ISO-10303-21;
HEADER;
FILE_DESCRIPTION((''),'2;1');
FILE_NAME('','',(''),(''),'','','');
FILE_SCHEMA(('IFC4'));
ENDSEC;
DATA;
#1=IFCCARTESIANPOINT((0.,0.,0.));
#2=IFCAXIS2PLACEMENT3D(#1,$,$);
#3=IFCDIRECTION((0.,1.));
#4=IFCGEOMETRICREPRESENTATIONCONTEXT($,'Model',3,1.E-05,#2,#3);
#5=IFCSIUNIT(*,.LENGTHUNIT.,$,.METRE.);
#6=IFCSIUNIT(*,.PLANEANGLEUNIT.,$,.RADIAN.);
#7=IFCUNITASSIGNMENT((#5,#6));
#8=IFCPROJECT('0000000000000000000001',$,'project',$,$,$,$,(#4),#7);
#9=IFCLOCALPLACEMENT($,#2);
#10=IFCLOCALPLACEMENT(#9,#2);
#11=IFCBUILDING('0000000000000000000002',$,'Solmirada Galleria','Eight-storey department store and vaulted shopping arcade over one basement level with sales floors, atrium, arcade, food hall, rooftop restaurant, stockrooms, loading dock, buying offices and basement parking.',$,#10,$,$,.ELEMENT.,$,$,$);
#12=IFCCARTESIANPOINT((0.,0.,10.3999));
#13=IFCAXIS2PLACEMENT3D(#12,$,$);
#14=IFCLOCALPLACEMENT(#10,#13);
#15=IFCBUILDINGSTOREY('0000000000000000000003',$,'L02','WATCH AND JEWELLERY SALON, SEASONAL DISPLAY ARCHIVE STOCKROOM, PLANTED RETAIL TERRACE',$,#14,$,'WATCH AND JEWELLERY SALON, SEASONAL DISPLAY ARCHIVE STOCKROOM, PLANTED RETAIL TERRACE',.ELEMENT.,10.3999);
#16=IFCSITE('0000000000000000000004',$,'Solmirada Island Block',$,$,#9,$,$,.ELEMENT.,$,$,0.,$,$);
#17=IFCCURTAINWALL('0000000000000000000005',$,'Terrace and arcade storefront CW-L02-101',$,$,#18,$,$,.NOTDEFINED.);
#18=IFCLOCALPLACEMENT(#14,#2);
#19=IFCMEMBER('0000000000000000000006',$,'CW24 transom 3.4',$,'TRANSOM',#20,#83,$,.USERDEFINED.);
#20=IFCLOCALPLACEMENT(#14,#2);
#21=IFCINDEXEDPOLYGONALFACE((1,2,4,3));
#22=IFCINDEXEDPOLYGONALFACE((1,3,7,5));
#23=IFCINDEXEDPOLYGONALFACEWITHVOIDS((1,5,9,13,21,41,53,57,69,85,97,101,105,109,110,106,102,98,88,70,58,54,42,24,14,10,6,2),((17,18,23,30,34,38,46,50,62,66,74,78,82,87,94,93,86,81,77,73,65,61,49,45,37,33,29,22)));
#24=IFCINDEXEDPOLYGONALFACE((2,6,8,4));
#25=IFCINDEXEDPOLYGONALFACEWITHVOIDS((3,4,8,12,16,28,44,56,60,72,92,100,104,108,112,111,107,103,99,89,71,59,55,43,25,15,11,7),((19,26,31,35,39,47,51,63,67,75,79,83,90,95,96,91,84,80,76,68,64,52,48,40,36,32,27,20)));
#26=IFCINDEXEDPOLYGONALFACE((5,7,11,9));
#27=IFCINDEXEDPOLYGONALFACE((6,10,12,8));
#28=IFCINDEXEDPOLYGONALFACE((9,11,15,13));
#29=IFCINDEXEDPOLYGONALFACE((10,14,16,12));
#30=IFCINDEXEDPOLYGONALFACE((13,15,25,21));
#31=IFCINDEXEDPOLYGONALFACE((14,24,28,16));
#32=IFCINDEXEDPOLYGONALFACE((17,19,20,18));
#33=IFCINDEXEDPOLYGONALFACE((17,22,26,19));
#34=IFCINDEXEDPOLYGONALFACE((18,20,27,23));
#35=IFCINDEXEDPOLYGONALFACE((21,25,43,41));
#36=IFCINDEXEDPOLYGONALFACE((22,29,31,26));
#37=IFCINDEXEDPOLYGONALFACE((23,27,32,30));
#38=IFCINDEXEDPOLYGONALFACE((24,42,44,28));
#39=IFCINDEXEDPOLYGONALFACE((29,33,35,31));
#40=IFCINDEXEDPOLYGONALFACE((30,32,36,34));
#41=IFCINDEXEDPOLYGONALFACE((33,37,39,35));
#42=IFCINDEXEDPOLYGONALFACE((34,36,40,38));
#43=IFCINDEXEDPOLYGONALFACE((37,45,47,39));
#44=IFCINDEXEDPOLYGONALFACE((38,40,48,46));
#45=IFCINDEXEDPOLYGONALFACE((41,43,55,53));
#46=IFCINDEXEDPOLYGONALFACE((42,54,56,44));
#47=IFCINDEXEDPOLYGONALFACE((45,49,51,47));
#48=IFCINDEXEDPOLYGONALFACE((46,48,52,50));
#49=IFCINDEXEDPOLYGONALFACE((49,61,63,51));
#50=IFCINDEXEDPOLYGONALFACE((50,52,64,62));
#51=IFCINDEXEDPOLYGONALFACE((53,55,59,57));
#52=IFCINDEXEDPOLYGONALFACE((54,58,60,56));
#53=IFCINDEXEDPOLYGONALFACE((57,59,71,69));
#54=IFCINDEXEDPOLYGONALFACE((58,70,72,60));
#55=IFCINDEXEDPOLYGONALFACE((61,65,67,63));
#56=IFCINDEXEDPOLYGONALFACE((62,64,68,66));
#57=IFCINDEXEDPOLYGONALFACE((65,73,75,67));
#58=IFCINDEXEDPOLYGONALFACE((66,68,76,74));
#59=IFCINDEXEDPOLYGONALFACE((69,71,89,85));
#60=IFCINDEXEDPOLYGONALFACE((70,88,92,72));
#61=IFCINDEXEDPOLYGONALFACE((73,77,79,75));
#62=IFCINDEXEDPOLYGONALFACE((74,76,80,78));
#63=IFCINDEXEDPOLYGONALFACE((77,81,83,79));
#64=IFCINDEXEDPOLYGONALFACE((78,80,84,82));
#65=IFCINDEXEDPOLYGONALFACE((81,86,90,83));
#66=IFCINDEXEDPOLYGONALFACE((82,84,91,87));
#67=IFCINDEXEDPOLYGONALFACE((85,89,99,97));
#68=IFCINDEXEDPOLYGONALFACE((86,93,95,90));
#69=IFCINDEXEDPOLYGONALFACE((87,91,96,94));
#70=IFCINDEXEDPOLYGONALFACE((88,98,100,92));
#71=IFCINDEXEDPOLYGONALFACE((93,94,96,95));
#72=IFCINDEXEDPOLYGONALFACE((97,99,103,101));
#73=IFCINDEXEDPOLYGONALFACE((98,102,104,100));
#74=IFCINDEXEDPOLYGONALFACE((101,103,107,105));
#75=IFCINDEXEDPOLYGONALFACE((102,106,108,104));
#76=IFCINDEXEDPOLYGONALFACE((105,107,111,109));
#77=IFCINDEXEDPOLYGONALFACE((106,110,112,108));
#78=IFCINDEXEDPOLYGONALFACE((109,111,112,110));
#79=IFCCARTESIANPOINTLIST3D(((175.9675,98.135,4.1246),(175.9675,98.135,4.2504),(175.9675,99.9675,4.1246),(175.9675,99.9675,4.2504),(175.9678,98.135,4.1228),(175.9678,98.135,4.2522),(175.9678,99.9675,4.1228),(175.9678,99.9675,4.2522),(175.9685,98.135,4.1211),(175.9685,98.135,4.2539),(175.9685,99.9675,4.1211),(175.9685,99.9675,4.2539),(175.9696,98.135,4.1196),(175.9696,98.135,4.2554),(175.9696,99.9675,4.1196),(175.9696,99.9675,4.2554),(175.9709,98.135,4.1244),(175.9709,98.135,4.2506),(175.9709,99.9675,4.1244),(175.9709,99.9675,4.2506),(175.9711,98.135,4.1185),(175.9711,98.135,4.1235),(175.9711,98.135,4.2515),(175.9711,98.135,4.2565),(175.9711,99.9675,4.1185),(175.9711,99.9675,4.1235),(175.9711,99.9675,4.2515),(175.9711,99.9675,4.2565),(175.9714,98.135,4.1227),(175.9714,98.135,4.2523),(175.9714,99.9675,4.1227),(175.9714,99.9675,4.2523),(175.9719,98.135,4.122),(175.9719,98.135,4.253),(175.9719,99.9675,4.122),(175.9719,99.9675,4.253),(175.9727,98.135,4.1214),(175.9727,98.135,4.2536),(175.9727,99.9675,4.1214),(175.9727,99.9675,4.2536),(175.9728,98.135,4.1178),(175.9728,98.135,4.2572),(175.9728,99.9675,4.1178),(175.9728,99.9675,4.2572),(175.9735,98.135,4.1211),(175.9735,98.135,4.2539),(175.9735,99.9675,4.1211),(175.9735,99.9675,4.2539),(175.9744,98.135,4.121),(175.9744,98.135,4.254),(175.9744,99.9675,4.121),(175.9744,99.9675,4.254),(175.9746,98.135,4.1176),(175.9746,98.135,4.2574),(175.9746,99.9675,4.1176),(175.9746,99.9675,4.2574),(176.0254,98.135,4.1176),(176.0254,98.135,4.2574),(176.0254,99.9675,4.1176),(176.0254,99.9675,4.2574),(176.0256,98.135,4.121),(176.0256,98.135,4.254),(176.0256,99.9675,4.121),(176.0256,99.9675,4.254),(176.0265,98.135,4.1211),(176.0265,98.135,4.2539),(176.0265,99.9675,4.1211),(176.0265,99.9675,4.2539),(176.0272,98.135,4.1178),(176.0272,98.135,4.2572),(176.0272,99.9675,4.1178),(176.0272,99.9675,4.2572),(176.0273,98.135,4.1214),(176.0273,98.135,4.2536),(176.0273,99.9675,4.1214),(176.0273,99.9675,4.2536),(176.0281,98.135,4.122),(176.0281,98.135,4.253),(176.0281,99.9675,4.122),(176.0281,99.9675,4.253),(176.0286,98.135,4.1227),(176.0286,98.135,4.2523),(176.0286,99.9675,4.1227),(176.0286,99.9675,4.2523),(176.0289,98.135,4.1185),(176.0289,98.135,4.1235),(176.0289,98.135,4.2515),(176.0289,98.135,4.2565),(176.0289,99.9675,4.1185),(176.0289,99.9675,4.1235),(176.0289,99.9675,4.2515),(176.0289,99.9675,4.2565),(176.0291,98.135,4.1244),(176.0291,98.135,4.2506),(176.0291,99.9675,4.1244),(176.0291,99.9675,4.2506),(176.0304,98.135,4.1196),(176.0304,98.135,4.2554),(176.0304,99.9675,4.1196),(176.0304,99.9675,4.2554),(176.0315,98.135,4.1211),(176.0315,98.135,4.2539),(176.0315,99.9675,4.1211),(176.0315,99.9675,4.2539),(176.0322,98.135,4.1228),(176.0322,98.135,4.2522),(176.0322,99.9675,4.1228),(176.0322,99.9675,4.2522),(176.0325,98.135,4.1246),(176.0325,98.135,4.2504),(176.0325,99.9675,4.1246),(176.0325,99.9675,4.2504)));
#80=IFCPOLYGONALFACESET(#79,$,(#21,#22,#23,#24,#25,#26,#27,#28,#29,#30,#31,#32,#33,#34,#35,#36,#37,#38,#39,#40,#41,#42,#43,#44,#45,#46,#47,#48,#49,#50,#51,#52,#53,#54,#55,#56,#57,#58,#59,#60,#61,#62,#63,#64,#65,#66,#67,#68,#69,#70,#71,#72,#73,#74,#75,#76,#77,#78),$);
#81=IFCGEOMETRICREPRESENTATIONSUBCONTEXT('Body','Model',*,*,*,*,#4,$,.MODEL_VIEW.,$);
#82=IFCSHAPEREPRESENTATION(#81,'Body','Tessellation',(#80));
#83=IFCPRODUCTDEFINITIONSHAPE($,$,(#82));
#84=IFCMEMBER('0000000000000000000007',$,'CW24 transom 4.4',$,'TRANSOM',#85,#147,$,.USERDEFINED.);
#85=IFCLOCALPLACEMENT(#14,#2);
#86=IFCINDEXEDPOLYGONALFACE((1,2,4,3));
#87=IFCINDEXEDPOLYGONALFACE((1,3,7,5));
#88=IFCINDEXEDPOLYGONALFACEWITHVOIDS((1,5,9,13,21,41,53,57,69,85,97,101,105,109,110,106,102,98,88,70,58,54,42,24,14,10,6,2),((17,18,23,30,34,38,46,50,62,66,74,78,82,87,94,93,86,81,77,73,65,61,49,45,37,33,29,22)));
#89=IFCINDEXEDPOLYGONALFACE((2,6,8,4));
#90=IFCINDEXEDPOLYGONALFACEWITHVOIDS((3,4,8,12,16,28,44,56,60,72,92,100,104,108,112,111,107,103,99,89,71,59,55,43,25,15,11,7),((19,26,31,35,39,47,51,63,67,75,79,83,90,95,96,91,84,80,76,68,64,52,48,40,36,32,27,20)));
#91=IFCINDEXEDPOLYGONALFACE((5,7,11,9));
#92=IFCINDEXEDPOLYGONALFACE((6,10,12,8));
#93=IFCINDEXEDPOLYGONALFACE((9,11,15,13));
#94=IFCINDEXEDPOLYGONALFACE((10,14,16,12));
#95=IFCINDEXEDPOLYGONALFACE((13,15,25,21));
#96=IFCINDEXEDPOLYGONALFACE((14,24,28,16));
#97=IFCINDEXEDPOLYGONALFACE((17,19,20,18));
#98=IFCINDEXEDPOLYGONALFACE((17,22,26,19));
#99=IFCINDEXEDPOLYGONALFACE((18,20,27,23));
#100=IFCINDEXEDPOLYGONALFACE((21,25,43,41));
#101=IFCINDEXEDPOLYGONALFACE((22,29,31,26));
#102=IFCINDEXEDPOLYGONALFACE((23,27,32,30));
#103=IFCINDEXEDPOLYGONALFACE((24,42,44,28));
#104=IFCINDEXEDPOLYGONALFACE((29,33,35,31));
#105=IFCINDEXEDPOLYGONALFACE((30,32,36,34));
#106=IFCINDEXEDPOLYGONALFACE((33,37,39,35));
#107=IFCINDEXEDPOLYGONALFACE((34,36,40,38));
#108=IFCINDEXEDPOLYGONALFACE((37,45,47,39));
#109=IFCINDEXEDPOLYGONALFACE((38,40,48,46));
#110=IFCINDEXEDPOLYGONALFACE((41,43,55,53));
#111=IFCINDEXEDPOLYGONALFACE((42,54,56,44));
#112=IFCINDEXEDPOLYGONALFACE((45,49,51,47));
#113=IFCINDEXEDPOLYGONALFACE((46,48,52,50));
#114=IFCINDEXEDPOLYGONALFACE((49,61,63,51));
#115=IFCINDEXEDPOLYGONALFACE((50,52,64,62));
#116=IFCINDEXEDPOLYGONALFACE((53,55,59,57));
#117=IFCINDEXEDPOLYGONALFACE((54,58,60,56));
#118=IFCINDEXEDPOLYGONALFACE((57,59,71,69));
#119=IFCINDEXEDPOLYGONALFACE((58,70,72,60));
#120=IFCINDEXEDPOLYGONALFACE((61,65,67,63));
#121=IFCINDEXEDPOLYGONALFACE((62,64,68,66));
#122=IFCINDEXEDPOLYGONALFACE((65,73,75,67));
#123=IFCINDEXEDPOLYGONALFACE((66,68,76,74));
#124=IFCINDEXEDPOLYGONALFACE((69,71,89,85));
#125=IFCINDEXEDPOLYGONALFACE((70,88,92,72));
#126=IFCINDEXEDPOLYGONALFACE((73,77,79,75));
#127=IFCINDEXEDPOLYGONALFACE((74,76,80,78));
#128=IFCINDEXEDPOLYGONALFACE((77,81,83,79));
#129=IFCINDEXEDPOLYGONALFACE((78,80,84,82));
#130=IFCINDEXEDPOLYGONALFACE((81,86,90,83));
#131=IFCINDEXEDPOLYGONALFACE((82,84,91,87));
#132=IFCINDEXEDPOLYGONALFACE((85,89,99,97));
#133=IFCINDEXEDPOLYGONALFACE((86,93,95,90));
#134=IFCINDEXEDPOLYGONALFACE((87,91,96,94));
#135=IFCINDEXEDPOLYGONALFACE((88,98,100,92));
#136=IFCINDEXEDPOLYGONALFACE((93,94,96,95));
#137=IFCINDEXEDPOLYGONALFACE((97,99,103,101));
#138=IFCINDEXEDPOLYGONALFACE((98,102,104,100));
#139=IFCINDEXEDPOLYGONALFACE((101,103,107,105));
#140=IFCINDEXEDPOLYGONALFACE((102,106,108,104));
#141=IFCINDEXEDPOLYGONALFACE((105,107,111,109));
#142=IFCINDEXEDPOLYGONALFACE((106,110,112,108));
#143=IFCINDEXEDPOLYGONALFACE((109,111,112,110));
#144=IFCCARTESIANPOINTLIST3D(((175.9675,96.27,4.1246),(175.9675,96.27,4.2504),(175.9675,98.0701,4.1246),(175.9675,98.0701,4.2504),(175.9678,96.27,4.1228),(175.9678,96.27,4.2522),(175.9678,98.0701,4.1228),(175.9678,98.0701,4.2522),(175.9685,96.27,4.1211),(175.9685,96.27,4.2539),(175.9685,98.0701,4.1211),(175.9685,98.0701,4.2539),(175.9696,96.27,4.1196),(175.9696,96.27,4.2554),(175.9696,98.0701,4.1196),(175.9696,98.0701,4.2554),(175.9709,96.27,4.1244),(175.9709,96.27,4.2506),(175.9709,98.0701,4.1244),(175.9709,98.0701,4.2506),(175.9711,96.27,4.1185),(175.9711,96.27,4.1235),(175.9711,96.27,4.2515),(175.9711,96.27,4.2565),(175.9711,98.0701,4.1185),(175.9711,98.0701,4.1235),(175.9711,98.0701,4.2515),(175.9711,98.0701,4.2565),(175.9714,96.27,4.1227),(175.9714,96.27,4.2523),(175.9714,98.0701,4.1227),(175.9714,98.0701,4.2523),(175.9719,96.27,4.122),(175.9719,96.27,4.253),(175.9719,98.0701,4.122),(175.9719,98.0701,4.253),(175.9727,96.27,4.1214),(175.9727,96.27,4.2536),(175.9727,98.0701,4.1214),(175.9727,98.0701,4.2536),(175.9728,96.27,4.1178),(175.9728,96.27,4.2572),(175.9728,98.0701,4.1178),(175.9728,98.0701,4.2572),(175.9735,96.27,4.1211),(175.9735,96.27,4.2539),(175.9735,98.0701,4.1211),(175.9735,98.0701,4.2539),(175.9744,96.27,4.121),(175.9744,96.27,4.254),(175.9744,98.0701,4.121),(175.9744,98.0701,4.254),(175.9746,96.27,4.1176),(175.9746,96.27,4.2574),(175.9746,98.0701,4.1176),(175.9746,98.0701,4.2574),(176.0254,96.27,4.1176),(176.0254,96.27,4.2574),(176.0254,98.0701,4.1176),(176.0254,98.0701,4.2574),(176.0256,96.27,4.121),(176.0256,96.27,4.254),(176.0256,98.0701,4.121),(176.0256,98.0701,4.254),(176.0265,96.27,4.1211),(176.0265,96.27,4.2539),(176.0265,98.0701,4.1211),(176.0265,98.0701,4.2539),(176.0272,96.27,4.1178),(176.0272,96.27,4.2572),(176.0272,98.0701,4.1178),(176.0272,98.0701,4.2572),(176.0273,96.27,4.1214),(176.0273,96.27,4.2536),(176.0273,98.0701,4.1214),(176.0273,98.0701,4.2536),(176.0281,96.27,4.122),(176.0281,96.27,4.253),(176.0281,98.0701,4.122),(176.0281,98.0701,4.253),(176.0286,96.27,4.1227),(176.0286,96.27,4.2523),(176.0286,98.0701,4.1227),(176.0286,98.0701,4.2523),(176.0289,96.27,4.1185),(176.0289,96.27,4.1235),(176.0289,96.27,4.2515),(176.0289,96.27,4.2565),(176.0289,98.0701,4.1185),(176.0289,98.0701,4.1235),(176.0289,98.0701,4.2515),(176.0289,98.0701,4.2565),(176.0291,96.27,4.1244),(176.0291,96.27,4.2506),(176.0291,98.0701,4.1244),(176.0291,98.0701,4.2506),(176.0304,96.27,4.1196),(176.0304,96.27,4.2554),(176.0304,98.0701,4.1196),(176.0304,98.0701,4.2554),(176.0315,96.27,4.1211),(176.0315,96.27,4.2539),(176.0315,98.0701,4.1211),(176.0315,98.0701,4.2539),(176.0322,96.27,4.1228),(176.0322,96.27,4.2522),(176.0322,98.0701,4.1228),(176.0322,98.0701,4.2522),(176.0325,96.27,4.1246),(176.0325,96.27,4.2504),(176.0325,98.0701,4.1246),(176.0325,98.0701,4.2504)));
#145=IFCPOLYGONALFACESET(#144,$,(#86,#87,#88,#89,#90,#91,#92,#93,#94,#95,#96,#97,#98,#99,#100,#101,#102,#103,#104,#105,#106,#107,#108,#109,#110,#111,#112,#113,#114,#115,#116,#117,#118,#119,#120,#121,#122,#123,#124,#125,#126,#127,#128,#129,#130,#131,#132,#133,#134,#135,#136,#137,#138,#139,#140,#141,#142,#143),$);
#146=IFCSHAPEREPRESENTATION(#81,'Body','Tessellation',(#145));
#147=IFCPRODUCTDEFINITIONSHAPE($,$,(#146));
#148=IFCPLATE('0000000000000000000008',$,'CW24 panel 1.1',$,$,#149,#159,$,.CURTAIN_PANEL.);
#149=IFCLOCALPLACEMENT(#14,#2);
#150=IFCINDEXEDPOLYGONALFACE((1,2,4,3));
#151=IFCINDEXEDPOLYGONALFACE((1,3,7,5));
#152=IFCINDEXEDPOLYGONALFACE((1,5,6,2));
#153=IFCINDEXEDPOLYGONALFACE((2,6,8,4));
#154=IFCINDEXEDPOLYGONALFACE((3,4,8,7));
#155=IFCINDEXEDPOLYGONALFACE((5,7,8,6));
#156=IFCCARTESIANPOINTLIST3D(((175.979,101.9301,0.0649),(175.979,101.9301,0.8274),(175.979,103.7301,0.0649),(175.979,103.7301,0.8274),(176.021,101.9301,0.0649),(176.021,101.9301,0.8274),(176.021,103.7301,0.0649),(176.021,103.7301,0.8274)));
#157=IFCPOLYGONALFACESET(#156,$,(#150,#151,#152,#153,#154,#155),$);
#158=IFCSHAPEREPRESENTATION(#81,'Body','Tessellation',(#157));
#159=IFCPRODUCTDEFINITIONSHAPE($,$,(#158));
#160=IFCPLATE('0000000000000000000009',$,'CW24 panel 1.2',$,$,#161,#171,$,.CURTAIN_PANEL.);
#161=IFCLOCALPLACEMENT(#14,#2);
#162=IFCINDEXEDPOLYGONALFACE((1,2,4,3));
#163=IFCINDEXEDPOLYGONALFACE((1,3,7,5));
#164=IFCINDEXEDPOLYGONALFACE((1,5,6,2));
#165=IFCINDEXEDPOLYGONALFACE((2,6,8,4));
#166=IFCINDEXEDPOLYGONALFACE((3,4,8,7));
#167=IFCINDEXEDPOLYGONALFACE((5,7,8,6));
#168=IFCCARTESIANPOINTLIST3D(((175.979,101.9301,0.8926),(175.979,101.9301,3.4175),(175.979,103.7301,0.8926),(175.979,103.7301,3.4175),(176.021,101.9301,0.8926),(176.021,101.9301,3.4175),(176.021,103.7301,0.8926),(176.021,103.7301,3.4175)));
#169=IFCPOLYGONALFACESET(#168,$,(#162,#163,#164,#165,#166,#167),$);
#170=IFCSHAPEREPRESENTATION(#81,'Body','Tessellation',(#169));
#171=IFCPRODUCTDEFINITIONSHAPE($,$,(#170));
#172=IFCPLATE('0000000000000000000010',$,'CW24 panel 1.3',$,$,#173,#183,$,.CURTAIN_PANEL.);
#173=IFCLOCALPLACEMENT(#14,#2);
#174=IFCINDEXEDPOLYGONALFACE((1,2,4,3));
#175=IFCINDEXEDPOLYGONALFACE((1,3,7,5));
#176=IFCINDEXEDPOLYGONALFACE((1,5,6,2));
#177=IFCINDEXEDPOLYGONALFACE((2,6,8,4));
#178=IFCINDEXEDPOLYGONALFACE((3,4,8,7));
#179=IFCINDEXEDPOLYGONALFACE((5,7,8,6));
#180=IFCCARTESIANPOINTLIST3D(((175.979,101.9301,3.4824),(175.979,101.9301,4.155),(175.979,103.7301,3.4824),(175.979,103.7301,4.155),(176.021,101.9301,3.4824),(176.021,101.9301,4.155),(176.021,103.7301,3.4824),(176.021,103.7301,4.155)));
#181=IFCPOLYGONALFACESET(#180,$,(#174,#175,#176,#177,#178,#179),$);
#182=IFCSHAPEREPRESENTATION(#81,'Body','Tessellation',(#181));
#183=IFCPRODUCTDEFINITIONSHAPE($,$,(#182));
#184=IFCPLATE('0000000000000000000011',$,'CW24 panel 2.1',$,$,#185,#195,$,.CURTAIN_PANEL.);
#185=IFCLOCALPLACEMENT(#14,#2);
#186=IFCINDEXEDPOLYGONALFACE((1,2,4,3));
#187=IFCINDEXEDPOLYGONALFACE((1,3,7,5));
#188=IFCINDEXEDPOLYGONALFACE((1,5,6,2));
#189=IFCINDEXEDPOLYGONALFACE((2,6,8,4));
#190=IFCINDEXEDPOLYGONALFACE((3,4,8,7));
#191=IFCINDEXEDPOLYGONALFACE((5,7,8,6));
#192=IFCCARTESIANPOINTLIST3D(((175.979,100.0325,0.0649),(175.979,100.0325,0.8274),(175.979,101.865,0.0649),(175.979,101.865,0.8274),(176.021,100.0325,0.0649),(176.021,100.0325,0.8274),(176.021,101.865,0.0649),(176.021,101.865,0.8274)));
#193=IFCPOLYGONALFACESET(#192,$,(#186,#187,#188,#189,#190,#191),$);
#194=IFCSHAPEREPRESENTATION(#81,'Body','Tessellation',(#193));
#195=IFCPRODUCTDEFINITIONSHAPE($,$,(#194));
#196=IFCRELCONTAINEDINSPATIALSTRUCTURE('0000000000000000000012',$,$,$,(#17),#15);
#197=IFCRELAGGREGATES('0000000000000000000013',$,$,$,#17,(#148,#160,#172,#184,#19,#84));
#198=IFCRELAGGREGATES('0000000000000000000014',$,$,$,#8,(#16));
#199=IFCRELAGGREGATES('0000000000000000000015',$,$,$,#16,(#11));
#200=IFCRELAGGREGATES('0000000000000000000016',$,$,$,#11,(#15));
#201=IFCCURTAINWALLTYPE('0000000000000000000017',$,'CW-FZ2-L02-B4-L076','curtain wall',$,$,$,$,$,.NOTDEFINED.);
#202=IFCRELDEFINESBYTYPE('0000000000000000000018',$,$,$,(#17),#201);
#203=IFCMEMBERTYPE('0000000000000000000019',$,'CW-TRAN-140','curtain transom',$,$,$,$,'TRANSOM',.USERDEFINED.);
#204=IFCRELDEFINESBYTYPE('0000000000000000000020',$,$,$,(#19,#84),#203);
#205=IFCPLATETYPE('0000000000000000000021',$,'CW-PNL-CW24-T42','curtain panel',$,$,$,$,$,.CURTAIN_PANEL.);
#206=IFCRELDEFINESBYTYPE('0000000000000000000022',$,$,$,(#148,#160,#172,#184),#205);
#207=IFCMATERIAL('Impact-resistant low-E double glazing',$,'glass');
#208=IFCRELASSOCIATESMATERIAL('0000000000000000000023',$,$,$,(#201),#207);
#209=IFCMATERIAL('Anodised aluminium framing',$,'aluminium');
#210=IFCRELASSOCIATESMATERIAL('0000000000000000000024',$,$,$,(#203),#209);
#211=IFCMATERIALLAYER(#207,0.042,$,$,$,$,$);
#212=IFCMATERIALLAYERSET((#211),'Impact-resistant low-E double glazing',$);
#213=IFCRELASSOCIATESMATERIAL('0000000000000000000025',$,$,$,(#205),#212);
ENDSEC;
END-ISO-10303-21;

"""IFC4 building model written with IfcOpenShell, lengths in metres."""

from ifc_helpers import new_model, si_unit, direction, frame, origin, origin_2d, place, context, subcontext, project, spatial, rectangle, hollow_rectangle, extrude, material, layer, layer_set, material_profile, profile_set, type_object, element, aggregate, save


model = new_model("IFC4")

# Units and contexts
model_context = context("Model", 3, precision=1e-05, world=origin(), true_north=direction((0.0, 1.0)))
body_context = subcontext(model_context, "Body", "Model", "MODEL_VIEW")
ifc_project = project(units=[si_unit("LENGTHUNIT", "METRE"), si_unit("PLANEANGLEUNIT", "RADIAN")], contexts=[model_context])

# Site, building, storey
site_placement = place(None, origin())
site = spatial("IfcSite", under=ifc_project, at=site_placement, Name="Solmirada Island Block", CompositionType="ELEMENT", RefElevation=0.0)
building_placement = place(site_placement, origin())
building = spatial("IfcBuilding", under=site, at=building_placement, Name="Solmirada Galleria", Description="Eight-storey department store and vaulted shopping arcade over one basement level with sales floors, atrium, arcade, food hall, rooftop restaurant, stockrooms, loading dock, buying offices and basement parking.", CompositionType="ELEMENT")
storey_placement = place(building_placement, frame((0.0, 0.0, 10.3999)))
storey = spatial("IfcBuildingStorey", under=building, at=storey_placement, Name="L02", Description="WATCH AND JEWELLERY SALON, SEASONAL DISPLAY ARCHIVE STOCKROOM, PLANTED RETAIL TERRACE", LongName="WATCH AND JEWELLERY SALON, SEASONAL DISPLAY ARCHIVE STOCKROOM, PLANTED RETAIL TERRACE", CompositionType="ELEMENT", Elevation=10.3999)

# Curtain wall, members, plates
ifc_material_1 = material(Name="Impact-resistant low-E double glazing", Category="glass")
curtain_wall_type = type_object("IfcCurtainWallType", Name="CW-FZ2-L02-B4-L076", Description="curtain wall", PredefinedType="NOTDEFINED", material=ifc_material_1)
curtain_wall_placement = place(storey_placement, origin())
curtain_wall = element("IfcCurtainWall", 1, at=curtain_wall_placement, inside=storey, type_object=curtain_wall_type, Name="Terrace and arcade storefront CW-L02-101", PredefinedType="NOTDEFINED")
ifc_material_2 = material(Name="Anodised aluminium framing", Category="aluminium")
ifc_material_profile_1 = material_profile(ifc_material_2, hollow_rectangle(XDim=0.0649, YDim=0.1399, WallThickness=0.0034, InnerFilletRadius=0.0034, OuterFilletRadius=0.0071, at=origin_2d()), Name="ALU-TRAN-140X65")
ifc_profile_set_1 = profile_set([ifc_material_profile_1], Name="Anodised aluminium framing")
member_type_1 = type_object("IfcMemberType", Name="CW-TRAN-140", Description="curtain transom", ElementType="TRANSOM", PredefinedType="USERDEFINED", material=ifc_profile_set_1)
member_1_placement = place(storey_placement, frame((176.0, 99.9675, 4.1875), z_axis=(0.0, -1.0, 0.0), x_axis=(1.0, 0.0, 0.0)))
member_1 = element("IfcMember", 2, at=member_1_placement, type_object=member_type_1, Name="CW24 transom 3.4", ObjectType="TRANSOM", PredefinedType="USERDEFINED", context=body_context, shape_type="SweptSolid", body=[
    extrude(hollow_rectangle(XDim=0.0649, YDim=0.1399, WallThickness=0.0034, InnerFilletRadius=0.0034, OuterFilletRadius=0.0071, at=origin_2d()), origin(), (0.0, 0.0, 1.0), 1.8325),
])
member_2_placement = place(storey_placement, frame((176.0, 98.0701, 4.1875), z_axis=(0.0, -1.0, 0.0), x_axis=(1.0, 0.0, 0.0)))
member_2 = element("IfcMember", 3, at=member_2_placement, type_object=member_type_1, Name="CW24 transom 4.4", ObjectType="TRANSOM", PredefinedType="USERDEFINED", context=body_context, shape_type="SweptSolid", body=[
    extrude(hollow_rectangle(XDim=0.0649, YDim=0.1399, WallThickness=0.0034, InnerFilletRadius=0.0034, OuterFilletRadius=0.0071, at=origin_2d()), origin(), (0.0, 0.0, 1.0), 1.8),
])
ifc_layer_1 = layer(ifc_material_1, 0.042)
ifc_layer_set_1 = layer_set([ifc_layer_1], Name="Impact-resistant low-E double glazing")
plate_type = type_object("IfcPlateType", Name="CW-PNL-CW24-T42", Description="curtain panel", PredefinedType="CURTAIN_PANEL", material=ifc_layer_set_1)
plate_1_placement = place(storey_placement, frame((176.0, 102.8301, 0.0649), z_axis=(0.0, 0.0, 1.0), x_axis=(0.0, -1.0, 0.0)))
plate_1 = element("IfcPlate", 4, at=plate_1_placement, type_object=plate_type, Name="CW24 panel 1.1", PredefinedType="CURTAIN_PANEL", context=body_context, shape_type="SweptSolid", body=[
    extrude(rectangle(XDim=1.8, YDim=0.042, at=origin_2d()), origin(), (0.0, 0.0, 1.0), 0.7625),
])
plate_2_placement = place(storey_placement, frame((176.0, 102.8301, 0.8926), z_axis=(0.0, 0.0, 1.0), x_axis=(0.0, -1.0, 0.0)))
plate_2 = element("IfcPlate", 5, at=plate_2_placement, type_object=plate_type, Name="CW24 panel 1.2", PredefinedType="CURTAIN_PANEL", context=body_context, shape_type="SweptSolid", body=[
    extrude(rectangle(XDim=1.8, YDim=0.042, at=origin_2d()), origin(), (0.0, 0.0, 1.0), 2.5249),
])
plate_3_placement = place(storey_placement, frame((176.0, 102.8301, 3.4824), z_axis=(0.0, 0.0, 1.0), x_axis=(0.0, -1.0, 0.0)))
plate_3 = element("IfcPlate", 6, at=plate_3_placement, type_object=plate_type, Name="CW24 panel 1.3", PredefinedType="CURTAIN_PANEL", context=body_context, shape_type="SweptSolid", body=[
    extrude(rectangle(XDim=1.8, YDim=0.042, at=origin_2d()), origin(), (0.0, 0.0, 1.0), 0.6726),
])
plate_4_placement = place(storey_placement, frame((176.0, 100.9487, 0.0649), z_axis=(0.0, 0.0, 1.0), x_axis=(0.0, -1.0, 0.0)))
plate_4 = element("IfcPlate", 7, at=plate_4_placement, type_object=plate_type, Name="CW24 panel 2.1", PredefinedType="CURTAIN_PANEL", context=body_context, shape_type="SweptSolid", body=[
    extrude(rectangle(XDim=1.8325, YDim=0.042, at=origin_2d()), origin(), (0.0, 0.0, 1.0), 0.7625),
])
aggregate(curtain_wall, [plate_1, plate_2, plate_3, plate_4, member_1, member_2])

save(model, "model.ifc")
